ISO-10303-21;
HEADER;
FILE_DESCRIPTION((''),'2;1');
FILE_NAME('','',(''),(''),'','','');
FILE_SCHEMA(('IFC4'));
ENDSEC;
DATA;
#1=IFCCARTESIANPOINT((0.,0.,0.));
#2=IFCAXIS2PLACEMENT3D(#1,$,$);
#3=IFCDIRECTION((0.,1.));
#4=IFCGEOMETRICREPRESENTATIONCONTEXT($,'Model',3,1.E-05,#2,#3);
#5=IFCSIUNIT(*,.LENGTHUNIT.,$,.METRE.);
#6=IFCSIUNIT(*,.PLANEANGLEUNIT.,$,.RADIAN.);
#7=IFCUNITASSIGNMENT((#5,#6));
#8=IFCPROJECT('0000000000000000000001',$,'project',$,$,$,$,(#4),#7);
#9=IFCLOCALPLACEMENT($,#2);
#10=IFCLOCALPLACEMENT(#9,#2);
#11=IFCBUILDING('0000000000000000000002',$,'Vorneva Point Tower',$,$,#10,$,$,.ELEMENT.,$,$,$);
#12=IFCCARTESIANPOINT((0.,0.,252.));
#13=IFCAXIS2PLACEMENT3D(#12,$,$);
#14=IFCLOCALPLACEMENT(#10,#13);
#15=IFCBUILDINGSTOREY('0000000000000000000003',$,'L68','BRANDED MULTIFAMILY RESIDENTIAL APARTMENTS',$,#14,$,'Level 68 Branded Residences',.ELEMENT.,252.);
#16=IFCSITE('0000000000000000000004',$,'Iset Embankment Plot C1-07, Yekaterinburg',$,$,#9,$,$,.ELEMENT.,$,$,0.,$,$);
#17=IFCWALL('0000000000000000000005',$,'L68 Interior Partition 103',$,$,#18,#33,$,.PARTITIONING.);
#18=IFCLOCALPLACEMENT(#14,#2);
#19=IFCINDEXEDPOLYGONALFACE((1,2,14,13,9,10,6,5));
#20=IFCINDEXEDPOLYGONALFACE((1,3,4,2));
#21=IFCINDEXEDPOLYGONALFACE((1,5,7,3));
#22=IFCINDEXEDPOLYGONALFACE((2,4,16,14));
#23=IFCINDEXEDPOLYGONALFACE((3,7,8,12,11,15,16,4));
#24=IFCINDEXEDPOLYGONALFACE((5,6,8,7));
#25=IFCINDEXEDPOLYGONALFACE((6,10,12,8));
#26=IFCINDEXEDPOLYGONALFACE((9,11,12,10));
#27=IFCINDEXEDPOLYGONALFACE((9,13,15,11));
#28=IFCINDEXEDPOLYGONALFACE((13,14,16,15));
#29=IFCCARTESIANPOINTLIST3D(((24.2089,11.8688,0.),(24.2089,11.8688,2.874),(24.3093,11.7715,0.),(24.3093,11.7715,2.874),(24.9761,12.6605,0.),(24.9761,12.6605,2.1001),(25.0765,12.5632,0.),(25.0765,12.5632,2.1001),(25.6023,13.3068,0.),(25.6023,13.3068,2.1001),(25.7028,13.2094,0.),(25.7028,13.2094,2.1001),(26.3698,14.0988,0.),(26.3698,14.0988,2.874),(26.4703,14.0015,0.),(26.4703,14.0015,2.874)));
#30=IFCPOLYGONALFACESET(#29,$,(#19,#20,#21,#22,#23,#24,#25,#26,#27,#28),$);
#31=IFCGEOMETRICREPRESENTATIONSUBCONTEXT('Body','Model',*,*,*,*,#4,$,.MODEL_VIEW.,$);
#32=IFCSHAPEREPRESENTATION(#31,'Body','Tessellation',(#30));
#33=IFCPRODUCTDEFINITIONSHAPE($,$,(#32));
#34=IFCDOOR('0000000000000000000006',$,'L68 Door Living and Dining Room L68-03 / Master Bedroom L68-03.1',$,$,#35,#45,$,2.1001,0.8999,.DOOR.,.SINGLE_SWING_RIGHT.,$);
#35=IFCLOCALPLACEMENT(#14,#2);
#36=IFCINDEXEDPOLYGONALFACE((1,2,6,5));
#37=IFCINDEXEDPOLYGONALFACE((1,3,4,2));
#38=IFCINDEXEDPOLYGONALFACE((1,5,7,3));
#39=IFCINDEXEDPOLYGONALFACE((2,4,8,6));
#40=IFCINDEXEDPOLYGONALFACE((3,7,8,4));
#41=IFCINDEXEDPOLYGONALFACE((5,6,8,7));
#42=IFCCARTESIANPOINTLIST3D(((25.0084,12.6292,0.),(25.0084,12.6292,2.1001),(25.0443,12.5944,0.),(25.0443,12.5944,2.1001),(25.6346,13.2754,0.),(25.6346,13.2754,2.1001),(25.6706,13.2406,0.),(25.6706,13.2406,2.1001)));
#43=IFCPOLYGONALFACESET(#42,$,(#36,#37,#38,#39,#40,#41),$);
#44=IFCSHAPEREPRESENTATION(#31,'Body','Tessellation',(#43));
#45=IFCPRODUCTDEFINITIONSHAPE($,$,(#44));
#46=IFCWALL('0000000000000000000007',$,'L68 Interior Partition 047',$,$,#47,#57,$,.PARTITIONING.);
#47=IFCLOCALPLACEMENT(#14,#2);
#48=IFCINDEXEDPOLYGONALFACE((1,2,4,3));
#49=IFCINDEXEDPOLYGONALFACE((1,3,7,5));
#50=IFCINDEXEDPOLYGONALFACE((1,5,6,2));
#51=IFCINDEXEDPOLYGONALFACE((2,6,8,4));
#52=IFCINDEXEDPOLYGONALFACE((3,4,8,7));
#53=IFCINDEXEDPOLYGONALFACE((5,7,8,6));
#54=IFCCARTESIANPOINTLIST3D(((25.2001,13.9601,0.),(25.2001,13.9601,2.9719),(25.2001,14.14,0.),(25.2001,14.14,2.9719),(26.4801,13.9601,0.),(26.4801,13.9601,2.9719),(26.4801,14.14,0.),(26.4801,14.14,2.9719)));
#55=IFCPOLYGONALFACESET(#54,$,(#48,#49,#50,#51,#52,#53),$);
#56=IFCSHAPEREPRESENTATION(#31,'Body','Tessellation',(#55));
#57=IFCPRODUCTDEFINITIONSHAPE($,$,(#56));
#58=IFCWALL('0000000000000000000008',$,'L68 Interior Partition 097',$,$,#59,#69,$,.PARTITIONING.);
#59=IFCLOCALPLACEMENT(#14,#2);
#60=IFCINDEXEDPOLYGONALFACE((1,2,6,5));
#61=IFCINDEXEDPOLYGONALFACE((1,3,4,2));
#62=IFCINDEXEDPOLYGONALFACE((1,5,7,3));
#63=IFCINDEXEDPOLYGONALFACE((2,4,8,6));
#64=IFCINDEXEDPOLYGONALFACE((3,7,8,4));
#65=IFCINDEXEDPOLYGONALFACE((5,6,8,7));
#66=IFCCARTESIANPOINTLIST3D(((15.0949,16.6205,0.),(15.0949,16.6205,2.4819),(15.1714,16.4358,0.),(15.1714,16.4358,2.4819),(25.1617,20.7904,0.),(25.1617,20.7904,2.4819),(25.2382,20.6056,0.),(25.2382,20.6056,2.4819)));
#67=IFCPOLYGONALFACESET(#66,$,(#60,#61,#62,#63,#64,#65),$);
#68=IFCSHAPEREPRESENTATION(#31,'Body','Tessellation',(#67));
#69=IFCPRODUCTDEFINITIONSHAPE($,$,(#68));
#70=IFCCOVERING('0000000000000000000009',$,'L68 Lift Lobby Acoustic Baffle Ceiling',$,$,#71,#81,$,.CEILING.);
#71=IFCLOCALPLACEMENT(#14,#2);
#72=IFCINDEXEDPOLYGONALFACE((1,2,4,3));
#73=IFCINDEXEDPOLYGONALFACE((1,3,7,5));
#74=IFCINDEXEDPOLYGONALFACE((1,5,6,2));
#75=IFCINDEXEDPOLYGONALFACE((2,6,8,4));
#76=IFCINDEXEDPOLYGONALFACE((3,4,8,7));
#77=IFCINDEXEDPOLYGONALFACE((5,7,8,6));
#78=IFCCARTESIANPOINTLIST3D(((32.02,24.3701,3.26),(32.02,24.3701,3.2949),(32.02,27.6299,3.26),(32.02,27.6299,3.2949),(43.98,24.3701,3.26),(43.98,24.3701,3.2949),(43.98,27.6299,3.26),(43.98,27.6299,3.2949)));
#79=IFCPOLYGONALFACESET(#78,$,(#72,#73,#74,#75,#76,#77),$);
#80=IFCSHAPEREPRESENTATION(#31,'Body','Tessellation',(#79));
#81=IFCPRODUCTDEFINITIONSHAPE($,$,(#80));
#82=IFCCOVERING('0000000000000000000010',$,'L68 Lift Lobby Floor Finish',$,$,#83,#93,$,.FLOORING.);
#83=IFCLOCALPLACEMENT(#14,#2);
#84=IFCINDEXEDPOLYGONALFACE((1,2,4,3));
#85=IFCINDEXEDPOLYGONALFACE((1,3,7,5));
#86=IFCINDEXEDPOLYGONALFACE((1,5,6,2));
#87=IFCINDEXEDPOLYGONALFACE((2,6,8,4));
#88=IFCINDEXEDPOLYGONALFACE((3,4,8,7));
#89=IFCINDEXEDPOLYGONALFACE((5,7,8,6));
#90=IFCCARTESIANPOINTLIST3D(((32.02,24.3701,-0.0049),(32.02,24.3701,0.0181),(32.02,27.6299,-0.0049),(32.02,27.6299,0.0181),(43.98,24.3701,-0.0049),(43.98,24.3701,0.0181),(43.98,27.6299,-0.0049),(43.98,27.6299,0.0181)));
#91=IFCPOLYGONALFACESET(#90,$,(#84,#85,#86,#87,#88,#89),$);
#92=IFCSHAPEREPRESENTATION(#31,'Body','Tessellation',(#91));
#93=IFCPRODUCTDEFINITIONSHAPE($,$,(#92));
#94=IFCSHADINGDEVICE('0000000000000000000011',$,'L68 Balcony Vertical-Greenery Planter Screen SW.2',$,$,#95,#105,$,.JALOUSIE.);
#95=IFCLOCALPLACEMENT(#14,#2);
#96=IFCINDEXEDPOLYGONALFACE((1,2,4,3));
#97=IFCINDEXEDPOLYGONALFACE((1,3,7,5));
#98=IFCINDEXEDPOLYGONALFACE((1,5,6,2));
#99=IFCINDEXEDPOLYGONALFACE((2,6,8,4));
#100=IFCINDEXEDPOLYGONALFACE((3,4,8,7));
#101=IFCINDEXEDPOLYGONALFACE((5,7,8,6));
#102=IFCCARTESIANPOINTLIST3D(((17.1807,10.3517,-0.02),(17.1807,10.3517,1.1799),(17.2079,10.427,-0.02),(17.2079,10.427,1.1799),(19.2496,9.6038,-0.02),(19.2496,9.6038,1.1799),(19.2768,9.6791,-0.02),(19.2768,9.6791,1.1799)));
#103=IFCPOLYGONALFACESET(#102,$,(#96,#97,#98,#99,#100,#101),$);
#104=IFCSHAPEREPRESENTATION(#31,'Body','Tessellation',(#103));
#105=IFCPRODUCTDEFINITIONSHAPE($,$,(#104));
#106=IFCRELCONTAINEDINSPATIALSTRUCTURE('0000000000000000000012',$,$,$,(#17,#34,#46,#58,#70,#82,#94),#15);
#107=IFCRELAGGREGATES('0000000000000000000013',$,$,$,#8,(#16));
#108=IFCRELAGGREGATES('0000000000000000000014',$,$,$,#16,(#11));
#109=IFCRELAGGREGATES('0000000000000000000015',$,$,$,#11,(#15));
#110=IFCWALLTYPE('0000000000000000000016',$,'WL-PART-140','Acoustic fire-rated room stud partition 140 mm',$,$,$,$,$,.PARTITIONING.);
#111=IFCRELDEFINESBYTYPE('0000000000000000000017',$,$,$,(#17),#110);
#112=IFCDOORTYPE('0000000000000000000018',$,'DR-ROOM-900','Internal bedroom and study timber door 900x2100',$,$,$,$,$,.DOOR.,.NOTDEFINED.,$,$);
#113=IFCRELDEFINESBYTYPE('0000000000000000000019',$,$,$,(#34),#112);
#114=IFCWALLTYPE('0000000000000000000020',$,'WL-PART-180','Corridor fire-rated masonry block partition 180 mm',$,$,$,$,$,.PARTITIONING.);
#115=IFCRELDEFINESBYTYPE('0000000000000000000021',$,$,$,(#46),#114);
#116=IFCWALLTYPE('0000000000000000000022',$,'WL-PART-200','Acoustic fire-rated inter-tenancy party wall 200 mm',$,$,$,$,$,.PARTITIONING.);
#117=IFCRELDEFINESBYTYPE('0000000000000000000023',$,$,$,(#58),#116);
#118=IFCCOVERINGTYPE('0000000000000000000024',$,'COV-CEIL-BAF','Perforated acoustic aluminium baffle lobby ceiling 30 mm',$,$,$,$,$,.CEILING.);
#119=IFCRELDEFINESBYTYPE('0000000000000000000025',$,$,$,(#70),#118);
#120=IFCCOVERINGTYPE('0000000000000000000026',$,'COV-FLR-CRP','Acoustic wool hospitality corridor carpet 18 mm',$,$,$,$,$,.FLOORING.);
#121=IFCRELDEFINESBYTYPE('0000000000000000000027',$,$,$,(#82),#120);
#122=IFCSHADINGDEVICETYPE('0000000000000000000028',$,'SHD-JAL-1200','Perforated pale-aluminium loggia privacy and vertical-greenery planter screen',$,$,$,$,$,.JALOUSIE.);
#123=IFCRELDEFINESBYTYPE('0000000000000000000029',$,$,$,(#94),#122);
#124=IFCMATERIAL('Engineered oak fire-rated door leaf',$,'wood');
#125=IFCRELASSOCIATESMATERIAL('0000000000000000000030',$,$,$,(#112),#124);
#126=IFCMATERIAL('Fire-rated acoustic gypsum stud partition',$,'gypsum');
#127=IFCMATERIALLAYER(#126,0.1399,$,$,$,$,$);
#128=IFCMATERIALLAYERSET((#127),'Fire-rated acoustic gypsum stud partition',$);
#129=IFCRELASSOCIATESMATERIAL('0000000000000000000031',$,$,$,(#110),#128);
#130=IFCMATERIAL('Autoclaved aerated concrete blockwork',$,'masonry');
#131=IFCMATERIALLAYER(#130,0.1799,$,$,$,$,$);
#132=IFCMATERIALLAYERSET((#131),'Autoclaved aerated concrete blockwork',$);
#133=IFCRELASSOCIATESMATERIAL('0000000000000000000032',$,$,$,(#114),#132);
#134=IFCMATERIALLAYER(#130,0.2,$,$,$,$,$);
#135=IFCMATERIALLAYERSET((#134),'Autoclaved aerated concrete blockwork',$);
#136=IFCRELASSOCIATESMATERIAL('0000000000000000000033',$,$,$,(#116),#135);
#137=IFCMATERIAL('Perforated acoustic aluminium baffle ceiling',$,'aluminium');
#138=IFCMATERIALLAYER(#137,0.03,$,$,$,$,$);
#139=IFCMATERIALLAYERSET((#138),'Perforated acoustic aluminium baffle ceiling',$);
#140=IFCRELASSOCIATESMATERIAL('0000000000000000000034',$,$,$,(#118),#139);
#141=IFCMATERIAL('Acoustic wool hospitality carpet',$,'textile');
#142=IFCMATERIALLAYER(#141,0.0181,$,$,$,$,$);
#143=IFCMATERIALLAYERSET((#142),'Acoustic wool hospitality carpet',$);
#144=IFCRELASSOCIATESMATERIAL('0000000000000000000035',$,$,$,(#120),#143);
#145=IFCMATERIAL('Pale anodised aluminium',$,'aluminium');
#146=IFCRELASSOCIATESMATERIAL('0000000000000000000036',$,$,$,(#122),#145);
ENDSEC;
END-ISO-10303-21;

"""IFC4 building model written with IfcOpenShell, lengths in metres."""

from ifc_helpers import new_model, si_unit, direction, frame, frame_2d, origin, origin_2d, place, context, subcontext, project, spatial, polyline, rectangle, outline, extrude, material, layer, layer_set, type_object, element, fill, save


model = new_model("IFC4")

# Units and contexts
model_context = context("Model", 3, precision=1e-05, world=origin(), true_north=direction((0.0, 1.0)))
body_context = subcontext(model_context, "Body", "Model", "MODEL_VIEW")
ifc_project = project(units=[si_unit("LENGTHUNIT", "METRE"), si_unit("PLANEANGLEUNIT", "RADIAN")], contexts=[model_context])

# Site, building, storey
site_placement = place(None, origin())
site = spatial("IfcSite", under=ifc_project, at=site_placement, Name="Iset Embankment Plot C1-07, Yekaterinburg", CompositionType="ELEMENT", RefElevation=0.0)
building_placement = place(site_placement, origin())
building = spatial("IfcBuilding", under=site, at=building_placement, Name="Vorneva Point Tower", CompositionType="ELEMENT")
storey_placement = place(building_placement, frame((0.0, 0.0, 252.0)))
storey = spatial("IfcBuildingStorey", under=building, at=storey_placement, Name="L68", Description="BRANDED MULTIFAMILY RESIDENTIAL APARTMENTS", LongName="Level 68 Branded Residences", CompositionType="ELEMENT", Elevation=252.0)

# Shared definitions
ifc_material_1 = material(Name="Pale anodised aluminium", Category="aluminium")

# Shared definitions
ifc_material_2 = material(Name="Fire-rated acoustic gypsum stud partition", Category="gypsum")

# Shared definitions
ifc_material_3 = material(Name="Engineered oak fire-rated door leaf", Category="wood")
door_type_1 = type_object("IfcDoorType", Name="DR-ROOM-900", Description="Internal bedroom and study timber door 900x2100", OperationType="NOTDEFINED", PredefinedType="DOOR", material=ifc_material_3)

# Wall, opening, door
ifc_layer_1 = layer(ifc_material_2, 0.1399)
ifc_layer_set_1 = layer_set([ifc_layer_1], Name="Fire-rated acoustic gypsum stud partition")
wall_type_1 = type_object("IfcWallType", Name="WL-PART-140", Description="Acoustic fire-rated room stud partition 140 mm", PredefinedType="PARTITIONING", material=ifc_layer_set_1)
wall_1_placement = place(storey_placement, frame((24.259, 11.8201, 0.0), z_axis=(0.0, 0.0, 1.0), x_axis=(0.695894, 0.718144, 0.0)))
wall_1 = element("IfcWall", 1, at=wall_1_placement, inside=storey, type_object=wall_type_1, Name="L68 Interior Partition 103", PredefinedType="PARTITIONING", context=body_context, shape_type="SweptSolid", body=[
    extrude(rectangle(XDim=3.1052, YDim=0.1399, at=frame_2d((1.5527, 0.0))), origin(), (0.0, 0.0, 1.0), 2.874),
])
opening_1_placement = place(wall_1_placement, frame((1.1025, 0.0, 0.0)))
opening_1 = element("IfcOpeningElement", 2, at=opening_1_placement, cuts=wall_1, PredefinedType="OPENING", context=body_context, shape_type="SweptSolid", body=[
    extrude(rectangle(XDim=0.8999, YDim=2.1001, at=frame_2d((0.45, 1.05))), frame((0.0, 0.085, 0.0), z_axis=(0.0, -1.0, 0.0), x_axis=(1.0, 0.0, 0.0)), (0.0, 0.0, 1.0), 0.1697),
])
door_1_placement = place(opening_1_placement, origin())
door_1 = element("IfcDoor", 3, at=door_1_placement, inside=storey, type_object=door_type_1, Name="L68 Door Living and Dining Room L68-03 / Master Bedroom L68-03.1", OperationType="SINGLE_SWING_RIGHT", OverallHeight=2.1001, OverallWidth=0.8999, PredefinedType="DOOR", context=body_context, shape_type="SweptSolid", body=[
    extrude(rectangle(XDim=0.8999, YDim=2.1001, at=frame_2d((0.45, 1.05))), frame((0.0, 0.0249, 0.0), z_axis=(0.0, -1.0, 0.0), x_axis=(1.0, 0.0, 0.0)), (0.0, 0.0, 1.0), 0.05),
])
fill(opening_1, door_1)

# Walls
ifc_material_4 = material(Name="Autoclaved aerated concrete blockwork", Category="masonry")
ifc_layer_2 = layer(ifc_material_4, 0.1799)
ifc_layer_set_2 = layer_set([ifc_layer_2], Name="Autoclaved aerated concrete blockwork")
wall_type_2 = type_object("IfcWallType", Name="WL-PART-180", Description="Corridor fire-rated masonry block partition 180 mm", PredefinedType="PARTITIONING", material=ifc_layer_set_2)
wall_2_placement = place(storey_placement, frame((25.2, 14.05, 0.0), z_axis=(0.0, 0.0, 1.0), x_axis=(1.0, 0.0, 0.0)))
element("IfcWall", 4, at=wall_2_placement, inside=storey, type_object=wall_type_2, Name="L68 Interior Partition 047", PredefinedType="PARTITIONING", context=body_context, shape_type="SweptSolid", body=[
    extrude(rectangle(XDim=1.28, YDim=0.1799, at=frame_2d((0.6401, 0.0))), origin(), (0.0, 0.0, 1.0), 2.9719),
])
ifc_layer_3 = layer(ifc_material_4, 0.2)
ifc_layer_set_3 = layer_set([ifc_layer_3], Name="Autoclaved aerated concrete blockwork")
wall_type_3 = type_object("IfcWallType", Name="WL-PART-200", Description="Acoustic fire-rated inter-tenancy party wall 200 mm", PredefinedType="PARTITIONING", material=ifc_layer_set_3)
wall_3_placement = place(storey_placement, frame((15.1331, 16.5281, 0.0), z_axis=(0.0, 0.0, 1.0), x_axis=(0.923877, 0.38269, 0.0)))
element("IfcWall", 5, at=wall_3_placement, inside=storey, type_object=wall_type_3, Name="L68 Interior Partition 097", PredefinedType="PARTITIONING", context=body_context, shape_type="SweptSolid", body=[
    extrude(rectangle(XDim=10.8962, YDim=0.2, at=frame_2d((5.4482, 0.0))), origin(), (0.0, 0.0, 1.0), 2.4819),
])

# Coverings
ifc_material_5 = material(Name="Perforated acoustic aluminium baffle ceiling", Category="aluminium")
ifc_layer_4 = layer(ifc_material_5, 0.03)
ifc_layer_set_4 = layer_set([ifc_layer_4], Name="Perforated acoustic aluminium baffle ceiling")
covering_type_1 = type_object("IfcCoveringType", Name="COV-CEIL-BAF", Description="Perforated acoustic aluminium baffle lobby ceiling 30 mm", PredefinedType="CEILING", material=ifc_layer_set_4)
covering_1_placement = place(storey_placement, frame((0.0, 0.0, 3.26)))
element("IfcCovering", 6, at=covering_1_placement, inside=storey, type_object=covering_type_1, Name="L68 Lift Lobby Acoustic Baffle Ceiling", PredefinedType="CEILING", context=body_context, shape_type="SweptSolid", body=[
    extrude(outline(polyline([(32.02, 24.3701), (43.98, 24.3701), (43.98, 27.6299), (32.02, 27.6299), (32.02, 24.3701)])), origin(), (0.0, 0.0, 1.0), 0.0349),
])
ifc_material_6 = material(Name="Acoustic wool hospitality carpet", Category="textile")
ifc_layer_5 = layer(ifc_material_6, 0.0181)
ifc_layer_set_5 = layer_set([ifc_layer_5], Name="Acoustic wool hospitality carpet")
covering_type_2 = type_object("IfcCoveringType", Name="COV-FLR-CRP", Description="Acoustic wool hospitality corridor carpet 18 mm", PredefinedType="FLOORING", material=ifc_layer_set_5)
covering_2_placement = place(storey_placement, frame((0.0, 0.0, -0.0049)))
element("IfcCovering", 7, at=covering_2_placement, inside=storey, type_object=covering_type_2, Name="L68 Lift Lobby Floor Finish", PredefinedType="FLOORING", context=body_context, shape_type="SweptSolid", body=[
    extrude(outline(polyline([(32.02, 24.3701), (43.98, 24.3701), (43.98, 27.6299), (32.02, 27.6299), (32.02, 24.3701)])), origin(), (0.0, 0.0, 1.0), 0.0229),
])

# Shading device
shading_device_type = type_object("IfcShadingDeviceType", Name="SHD-JAL-1200", Description="Perforated pale-aluminium loggia privacy and vertical-greenery planter screen", PredefinedType="JALOUSIE", material=ifc_material_1)
shading_device_placement = place(storey_placement, frame((18.2288, 10.0154, -0.02), z_axis=(0.0, 0.0, 1.0), x_axis=(0.940437, -0.339969, 0.0)))
element("IfcShadingDevice", 8, at=shading_device_placement, inside=storey, type_object=shading_device_type, Name="L68 Balcony Vertical-Greenery Planter Screen SW.2", PredefinedType="JALOUSIE", context=body_context, shape_type="SweptSolid", body=[
    extrude(rectangle(XDim=2.2, YDim=0.0801, at=origin_2d()), origin(), (0.0, 0.0, 1.0), 1.2),
])

save(model, "model.ifc")
